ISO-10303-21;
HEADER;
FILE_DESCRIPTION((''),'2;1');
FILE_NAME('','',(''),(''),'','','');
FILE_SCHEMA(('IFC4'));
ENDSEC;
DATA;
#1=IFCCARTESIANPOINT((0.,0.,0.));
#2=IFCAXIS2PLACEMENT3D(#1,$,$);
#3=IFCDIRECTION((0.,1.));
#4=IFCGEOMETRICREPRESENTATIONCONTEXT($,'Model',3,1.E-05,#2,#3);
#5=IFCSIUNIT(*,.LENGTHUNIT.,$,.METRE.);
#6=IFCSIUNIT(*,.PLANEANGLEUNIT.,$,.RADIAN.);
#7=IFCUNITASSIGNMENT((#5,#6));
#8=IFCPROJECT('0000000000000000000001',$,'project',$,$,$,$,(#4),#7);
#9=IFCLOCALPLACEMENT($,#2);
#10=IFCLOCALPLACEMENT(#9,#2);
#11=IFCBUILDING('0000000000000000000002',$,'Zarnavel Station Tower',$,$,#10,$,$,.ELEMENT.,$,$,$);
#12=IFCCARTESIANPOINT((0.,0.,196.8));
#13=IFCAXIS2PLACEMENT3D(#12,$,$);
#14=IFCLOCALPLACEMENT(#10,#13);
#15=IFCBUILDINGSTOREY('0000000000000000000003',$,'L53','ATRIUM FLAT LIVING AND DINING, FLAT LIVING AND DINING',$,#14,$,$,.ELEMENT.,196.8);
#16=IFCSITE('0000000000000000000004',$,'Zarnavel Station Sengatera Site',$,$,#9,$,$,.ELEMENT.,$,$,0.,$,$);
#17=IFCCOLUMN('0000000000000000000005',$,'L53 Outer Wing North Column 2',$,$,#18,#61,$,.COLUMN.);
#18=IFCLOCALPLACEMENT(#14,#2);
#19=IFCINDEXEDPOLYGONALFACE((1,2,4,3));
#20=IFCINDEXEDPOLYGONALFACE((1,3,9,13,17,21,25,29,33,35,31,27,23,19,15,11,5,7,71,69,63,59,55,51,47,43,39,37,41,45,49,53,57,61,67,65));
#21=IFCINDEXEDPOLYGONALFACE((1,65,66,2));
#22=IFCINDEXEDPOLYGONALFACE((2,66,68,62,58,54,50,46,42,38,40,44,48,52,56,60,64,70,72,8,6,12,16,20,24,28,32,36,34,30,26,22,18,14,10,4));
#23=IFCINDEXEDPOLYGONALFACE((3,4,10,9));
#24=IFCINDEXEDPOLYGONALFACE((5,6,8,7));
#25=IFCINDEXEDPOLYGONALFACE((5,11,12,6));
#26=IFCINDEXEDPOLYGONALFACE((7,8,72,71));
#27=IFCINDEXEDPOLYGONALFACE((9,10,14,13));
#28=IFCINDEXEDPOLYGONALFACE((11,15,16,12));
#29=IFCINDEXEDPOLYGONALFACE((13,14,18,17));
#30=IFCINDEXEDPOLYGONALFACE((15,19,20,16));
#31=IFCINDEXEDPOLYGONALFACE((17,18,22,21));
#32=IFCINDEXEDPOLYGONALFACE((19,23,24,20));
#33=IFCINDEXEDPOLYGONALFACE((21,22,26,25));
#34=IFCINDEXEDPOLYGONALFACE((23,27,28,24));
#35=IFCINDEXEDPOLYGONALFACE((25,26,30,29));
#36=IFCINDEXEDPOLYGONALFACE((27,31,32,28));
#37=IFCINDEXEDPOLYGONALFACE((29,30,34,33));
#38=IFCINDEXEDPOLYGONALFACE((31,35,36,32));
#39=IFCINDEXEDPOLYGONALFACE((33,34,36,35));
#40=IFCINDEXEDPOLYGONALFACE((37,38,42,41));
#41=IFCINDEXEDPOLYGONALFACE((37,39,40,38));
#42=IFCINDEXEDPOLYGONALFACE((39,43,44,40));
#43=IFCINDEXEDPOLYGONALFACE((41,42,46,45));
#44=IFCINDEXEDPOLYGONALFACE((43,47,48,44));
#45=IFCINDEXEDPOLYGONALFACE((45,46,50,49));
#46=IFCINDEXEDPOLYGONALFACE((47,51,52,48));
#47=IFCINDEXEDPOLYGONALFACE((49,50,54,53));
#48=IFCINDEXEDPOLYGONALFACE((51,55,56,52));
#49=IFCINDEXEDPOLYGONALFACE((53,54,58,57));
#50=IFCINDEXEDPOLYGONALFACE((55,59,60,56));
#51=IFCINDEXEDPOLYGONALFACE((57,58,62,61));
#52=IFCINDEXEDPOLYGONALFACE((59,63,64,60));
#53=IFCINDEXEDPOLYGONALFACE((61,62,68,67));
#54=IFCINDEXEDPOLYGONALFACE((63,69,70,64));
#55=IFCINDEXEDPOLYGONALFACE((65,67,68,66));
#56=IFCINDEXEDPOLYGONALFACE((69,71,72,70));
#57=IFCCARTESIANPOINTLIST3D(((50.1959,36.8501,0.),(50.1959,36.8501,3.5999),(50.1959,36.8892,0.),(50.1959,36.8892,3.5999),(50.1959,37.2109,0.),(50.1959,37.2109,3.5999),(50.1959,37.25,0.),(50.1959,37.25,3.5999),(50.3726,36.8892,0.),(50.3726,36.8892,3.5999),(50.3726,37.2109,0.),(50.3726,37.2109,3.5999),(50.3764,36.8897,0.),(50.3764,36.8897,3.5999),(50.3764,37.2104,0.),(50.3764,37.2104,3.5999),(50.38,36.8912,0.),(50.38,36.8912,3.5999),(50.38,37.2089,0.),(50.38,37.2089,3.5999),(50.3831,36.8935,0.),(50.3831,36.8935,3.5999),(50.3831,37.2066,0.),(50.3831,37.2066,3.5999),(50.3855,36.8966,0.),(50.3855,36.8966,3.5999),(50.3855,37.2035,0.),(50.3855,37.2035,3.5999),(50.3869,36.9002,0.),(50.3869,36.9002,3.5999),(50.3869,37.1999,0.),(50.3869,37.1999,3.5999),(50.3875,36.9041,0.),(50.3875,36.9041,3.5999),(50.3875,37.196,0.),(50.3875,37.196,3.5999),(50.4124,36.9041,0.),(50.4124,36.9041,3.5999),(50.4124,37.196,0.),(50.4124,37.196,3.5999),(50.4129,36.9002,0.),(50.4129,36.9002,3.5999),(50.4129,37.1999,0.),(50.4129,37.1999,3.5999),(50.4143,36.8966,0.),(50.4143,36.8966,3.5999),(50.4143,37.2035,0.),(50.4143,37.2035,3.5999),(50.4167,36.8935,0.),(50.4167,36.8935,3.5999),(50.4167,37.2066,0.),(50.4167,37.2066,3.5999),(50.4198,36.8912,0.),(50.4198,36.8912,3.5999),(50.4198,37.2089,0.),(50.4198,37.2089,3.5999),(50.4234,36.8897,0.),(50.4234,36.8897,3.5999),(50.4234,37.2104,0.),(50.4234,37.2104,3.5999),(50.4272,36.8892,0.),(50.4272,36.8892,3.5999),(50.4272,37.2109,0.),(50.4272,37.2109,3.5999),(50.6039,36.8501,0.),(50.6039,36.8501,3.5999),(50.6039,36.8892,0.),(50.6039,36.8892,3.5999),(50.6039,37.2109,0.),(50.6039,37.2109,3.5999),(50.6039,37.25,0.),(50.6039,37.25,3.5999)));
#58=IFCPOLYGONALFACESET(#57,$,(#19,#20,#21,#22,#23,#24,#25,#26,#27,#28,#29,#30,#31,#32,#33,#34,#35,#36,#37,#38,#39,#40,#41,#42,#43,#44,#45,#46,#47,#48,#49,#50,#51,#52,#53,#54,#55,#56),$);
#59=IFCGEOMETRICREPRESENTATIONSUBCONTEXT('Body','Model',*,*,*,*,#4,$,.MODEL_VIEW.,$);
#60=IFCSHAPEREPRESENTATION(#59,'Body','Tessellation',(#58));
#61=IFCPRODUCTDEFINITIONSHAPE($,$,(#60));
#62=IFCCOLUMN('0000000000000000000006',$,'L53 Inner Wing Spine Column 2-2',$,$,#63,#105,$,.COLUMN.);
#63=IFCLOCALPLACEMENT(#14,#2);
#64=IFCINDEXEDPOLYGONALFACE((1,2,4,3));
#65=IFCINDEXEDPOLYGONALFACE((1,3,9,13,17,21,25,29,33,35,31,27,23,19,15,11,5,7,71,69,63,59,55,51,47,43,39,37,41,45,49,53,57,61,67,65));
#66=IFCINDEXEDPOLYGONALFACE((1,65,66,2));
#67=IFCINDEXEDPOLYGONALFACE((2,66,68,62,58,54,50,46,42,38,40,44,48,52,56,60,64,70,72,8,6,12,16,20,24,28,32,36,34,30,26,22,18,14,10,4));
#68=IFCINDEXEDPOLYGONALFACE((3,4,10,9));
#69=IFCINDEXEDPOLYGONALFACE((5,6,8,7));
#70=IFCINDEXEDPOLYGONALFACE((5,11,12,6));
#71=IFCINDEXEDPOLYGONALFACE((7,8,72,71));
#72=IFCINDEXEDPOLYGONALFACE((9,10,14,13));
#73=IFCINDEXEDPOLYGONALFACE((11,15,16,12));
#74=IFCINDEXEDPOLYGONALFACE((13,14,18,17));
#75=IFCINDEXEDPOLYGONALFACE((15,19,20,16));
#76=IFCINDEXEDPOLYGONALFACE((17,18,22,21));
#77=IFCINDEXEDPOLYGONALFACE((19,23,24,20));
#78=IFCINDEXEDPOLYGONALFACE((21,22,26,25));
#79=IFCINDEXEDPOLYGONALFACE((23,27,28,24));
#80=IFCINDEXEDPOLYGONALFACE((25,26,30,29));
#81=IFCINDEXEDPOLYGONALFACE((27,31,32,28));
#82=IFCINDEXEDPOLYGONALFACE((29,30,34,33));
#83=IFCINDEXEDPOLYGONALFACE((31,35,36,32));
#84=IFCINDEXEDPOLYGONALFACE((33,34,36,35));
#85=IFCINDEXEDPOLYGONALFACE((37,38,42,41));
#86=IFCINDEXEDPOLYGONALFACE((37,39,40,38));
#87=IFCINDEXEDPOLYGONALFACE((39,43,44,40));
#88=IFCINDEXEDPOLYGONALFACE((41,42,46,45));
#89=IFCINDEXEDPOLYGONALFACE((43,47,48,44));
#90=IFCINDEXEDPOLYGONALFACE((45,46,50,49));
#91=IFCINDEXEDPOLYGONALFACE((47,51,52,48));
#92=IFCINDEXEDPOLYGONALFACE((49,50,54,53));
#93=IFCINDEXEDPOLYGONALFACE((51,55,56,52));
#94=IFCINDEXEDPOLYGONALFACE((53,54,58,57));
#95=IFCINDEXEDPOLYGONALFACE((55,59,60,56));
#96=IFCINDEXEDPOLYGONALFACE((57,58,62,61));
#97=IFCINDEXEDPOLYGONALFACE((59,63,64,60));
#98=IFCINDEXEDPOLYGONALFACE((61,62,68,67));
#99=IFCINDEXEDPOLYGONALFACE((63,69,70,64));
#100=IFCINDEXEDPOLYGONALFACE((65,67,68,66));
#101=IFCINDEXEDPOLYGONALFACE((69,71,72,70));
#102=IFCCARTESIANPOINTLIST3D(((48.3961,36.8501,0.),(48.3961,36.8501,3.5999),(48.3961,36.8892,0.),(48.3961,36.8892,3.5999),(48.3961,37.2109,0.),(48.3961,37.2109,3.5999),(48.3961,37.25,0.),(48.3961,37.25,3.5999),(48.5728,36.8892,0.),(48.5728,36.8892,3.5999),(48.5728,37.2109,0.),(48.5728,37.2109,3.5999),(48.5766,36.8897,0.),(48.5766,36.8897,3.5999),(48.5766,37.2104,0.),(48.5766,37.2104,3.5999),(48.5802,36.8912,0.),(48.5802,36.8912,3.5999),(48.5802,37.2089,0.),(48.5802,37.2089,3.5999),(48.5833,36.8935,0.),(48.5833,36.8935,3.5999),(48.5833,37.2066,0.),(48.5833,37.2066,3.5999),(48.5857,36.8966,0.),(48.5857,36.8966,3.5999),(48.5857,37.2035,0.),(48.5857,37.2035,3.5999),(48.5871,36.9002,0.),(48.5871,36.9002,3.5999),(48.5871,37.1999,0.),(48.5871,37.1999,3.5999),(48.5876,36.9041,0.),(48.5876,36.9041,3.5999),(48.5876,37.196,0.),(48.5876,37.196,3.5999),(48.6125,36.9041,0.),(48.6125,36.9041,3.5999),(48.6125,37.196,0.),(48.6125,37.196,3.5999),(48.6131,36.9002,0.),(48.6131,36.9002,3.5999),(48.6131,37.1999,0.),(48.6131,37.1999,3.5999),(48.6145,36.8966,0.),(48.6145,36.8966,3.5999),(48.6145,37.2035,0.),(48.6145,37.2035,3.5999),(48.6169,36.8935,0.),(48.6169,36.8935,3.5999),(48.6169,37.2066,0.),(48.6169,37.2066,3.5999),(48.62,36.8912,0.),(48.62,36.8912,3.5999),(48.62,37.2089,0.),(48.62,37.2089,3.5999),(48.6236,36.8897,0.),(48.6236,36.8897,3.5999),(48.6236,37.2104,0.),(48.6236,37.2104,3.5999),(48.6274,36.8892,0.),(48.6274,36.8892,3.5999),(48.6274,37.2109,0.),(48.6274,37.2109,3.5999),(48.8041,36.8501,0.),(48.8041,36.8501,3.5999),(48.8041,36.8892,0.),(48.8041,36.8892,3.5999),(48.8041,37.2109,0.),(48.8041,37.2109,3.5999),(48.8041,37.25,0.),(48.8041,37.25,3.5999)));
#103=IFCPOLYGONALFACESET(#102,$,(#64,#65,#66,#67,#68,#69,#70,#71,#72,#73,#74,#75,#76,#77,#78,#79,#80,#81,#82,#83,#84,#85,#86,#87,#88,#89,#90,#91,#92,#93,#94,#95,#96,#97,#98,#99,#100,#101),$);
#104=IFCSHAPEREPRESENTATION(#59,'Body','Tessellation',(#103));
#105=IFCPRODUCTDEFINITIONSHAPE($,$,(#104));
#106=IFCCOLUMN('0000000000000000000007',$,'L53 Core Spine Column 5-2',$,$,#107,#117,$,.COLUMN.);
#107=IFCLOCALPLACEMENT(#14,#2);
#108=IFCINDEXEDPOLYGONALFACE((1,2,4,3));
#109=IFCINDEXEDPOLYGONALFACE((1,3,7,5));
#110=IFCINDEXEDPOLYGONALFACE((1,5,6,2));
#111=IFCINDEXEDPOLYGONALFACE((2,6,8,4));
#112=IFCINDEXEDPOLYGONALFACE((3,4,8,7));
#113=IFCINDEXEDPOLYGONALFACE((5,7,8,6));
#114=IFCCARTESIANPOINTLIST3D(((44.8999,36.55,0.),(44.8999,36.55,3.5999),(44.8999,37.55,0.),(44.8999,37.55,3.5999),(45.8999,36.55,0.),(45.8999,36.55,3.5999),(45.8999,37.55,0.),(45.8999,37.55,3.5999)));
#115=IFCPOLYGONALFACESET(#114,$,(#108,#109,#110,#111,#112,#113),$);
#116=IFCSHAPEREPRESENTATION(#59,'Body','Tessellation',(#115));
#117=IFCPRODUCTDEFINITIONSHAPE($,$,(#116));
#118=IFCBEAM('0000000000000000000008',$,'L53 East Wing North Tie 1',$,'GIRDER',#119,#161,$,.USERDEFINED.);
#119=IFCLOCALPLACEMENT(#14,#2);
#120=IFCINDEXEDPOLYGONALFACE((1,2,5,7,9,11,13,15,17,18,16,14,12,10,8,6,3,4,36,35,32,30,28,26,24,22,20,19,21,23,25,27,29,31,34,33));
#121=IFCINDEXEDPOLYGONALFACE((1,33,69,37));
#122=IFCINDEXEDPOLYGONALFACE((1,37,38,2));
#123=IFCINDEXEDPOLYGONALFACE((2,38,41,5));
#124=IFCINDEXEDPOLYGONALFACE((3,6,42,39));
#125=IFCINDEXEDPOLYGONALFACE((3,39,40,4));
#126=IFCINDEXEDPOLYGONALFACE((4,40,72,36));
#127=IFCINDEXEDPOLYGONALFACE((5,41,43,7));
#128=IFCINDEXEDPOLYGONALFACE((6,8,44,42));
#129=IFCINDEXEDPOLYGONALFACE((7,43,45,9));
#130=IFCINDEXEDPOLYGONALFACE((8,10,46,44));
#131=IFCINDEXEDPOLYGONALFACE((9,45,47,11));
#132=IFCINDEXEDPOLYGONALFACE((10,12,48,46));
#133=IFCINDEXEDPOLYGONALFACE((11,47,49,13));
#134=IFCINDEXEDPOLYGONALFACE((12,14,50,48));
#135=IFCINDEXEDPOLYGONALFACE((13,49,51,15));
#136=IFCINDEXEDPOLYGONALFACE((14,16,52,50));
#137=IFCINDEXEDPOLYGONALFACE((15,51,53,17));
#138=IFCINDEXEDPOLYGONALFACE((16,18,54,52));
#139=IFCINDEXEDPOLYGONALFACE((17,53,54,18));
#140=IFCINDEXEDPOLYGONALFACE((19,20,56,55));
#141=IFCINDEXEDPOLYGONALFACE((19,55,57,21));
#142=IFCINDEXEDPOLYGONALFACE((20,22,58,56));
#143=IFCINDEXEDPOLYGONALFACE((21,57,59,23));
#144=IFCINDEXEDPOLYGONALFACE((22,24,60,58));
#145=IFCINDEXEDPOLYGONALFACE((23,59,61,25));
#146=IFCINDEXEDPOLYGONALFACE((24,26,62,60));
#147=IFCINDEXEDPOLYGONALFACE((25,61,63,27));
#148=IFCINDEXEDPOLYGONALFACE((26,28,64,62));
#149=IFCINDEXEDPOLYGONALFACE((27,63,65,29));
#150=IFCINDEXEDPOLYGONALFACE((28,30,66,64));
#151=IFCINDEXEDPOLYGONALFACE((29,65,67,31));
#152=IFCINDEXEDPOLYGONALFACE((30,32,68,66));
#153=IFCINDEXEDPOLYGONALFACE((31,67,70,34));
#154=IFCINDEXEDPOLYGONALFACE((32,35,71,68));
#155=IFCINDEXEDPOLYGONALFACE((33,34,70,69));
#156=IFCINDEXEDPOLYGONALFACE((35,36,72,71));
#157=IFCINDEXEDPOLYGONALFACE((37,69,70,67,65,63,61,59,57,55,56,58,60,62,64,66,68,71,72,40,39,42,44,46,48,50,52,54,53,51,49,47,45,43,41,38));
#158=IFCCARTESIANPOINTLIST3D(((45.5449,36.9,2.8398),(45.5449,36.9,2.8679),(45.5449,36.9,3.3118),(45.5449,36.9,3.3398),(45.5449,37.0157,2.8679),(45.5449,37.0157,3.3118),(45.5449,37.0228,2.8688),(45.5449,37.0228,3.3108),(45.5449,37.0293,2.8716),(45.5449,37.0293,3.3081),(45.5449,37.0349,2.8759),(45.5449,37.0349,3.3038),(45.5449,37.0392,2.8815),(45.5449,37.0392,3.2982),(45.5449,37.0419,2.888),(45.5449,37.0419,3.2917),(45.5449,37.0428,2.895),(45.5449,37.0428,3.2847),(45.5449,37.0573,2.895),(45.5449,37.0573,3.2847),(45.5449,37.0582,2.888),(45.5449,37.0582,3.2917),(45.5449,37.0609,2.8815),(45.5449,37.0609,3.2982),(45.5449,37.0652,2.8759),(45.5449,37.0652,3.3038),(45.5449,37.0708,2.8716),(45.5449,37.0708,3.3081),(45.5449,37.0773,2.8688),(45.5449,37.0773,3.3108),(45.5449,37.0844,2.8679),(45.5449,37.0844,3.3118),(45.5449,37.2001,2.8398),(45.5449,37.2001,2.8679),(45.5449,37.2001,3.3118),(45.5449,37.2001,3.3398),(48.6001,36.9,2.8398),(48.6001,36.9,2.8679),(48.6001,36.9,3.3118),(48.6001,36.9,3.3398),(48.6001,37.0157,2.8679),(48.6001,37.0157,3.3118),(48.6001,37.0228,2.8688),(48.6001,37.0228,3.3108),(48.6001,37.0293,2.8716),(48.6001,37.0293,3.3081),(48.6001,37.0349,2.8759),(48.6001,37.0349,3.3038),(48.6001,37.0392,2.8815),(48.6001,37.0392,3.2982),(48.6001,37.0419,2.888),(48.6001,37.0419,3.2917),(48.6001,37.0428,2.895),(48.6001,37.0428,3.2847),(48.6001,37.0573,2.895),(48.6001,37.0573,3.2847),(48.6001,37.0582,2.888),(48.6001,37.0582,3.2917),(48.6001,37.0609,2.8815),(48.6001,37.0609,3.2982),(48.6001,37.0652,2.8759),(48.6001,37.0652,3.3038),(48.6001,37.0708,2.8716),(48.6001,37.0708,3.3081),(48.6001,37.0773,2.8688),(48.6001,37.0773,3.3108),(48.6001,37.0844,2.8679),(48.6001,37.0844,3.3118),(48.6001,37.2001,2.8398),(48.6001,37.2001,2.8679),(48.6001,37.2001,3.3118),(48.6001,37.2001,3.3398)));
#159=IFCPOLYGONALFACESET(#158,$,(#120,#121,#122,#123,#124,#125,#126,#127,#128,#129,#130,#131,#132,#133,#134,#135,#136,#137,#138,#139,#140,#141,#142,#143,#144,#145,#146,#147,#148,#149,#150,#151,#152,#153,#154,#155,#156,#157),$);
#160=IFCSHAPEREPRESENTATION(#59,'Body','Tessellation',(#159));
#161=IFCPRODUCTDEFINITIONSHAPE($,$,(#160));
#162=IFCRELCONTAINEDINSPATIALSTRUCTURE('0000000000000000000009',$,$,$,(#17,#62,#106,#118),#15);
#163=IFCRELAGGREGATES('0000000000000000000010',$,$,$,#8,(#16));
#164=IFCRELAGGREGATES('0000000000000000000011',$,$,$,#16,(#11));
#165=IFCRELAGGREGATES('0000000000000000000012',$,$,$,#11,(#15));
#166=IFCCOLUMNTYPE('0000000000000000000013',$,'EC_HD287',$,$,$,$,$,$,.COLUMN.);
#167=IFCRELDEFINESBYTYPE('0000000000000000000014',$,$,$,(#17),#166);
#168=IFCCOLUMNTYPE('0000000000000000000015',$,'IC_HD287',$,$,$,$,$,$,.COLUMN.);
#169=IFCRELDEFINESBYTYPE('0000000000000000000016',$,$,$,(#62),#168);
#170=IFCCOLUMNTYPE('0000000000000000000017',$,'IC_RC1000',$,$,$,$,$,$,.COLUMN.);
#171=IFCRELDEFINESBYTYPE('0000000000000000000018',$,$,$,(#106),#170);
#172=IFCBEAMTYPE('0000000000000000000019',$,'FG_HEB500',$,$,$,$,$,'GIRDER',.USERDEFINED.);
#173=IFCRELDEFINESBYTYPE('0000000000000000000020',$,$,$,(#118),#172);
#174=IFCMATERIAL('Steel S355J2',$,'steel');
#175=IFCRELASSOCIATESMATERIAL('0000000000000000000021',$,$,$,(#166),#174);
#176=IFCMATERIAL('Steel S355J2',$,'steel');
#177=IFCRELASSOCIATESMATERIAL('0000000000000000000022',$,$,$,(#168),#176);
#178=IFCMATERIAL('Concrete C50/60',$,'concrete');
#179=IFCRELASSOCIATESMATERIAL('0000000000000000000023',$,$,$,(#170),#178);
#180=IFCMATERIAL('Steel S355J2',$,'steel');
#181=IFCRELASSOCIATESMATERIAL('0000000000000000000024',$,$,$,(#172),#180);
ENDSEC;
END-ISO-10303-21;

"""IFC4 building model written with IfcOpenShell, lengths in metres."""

from ifc_helpers import new_model, si_unit, direction, frame, origin, origin_2d, place, context, subcontext, project, spatial, rectangle, i_section, extrude, material, material_profile, profile_set, type_object, element, save


model = new_model("IFC4")

# Units and contexts
model_context = context("Model", 3, precision=1e-05, world=origin(), true_north=direction((0.0, 1.0)))
body_context = subcontext(model_context, "Body", "Model", "MODEL_VIEW")
ifc_project = project(units=[si_unit("LENGTHUNIT", "METRE"), si_unit("PLANEANGLEUNIT", "RADIAN")], contexts=[model_context])

# Site, building, storey
site_placement = place(None, origin())
site = spatial("IfcSite", under=ifc_project, at=site_placement, Name="Zarnavel Station Sengatera Site", CompositionType="ELEMENT", RefElevation=0.0)
building_placement = place(site_placement, origin())
building = spatial("IfcBuilding", under=site, at=building_placement, Name="Zarnavel Station Tower", CompositionType="ELEMENT")
storey_placement = place(building_placement, frame((0.0, 0.0, 196.8)))
storey = spatial("IfcBuildingStorey", under=building, at=storey_placement, Name="L53", Description="ATRIUM FLAT LIVING AND DINING, FLAT LIVING AND DINING", CompositionType="ELEMENT", Elevation=196.8)

# Columns
ifc_material_1 = material(Name="Steel S355J2", Category="steel")
ifc_material_profile_1 = material_profile(ifc_material_1, i_section(OverallWidth=0.408, OverallDepth=0.3999, WebThickness=0.0249, FlangeThickness=0.0391, FilletRadius=0.0149, at=origin_2d()), Name="HD400x287")
ifc_profile_set_1 = profile_set([ifc_material_profile_1], Name="Steel S355J2")
column_type_1 = type_object("IfcColumnType", Name="EC_HD287", PredefinedType="COLUMN", material=ifc_profile_set_1)
column_1_placement = place(storey_placement, frame((50.3999, 37.05, 0.0), z_axis=(0.0, 0.0, 1.0), x_axis=(1.0, 0.0, 0.0)))
element("IfcColumn", 1, at=column_1_placement, inside=storey, type_object=column_type_1, Name="L53 Outer Wing North Column 2", PredefinedType="COLUMN", context=body_context, shape_type="SweptSolid", body=[
    extrude(i_section(OverallWidth=0.408, OverallDepth=0.3999, WebThickness=0.0249, FlangeThickness=0.0391, FilletRadius=0.0149, at=origin_2d()), origin(), (0.0, 0.0, 1.0), 3.5999),
])
ifc_material_2 = material(Name="Steel S355J2", Category="steel")
ifc_material_profile_2 = material_profile(ifc_material_2, i_section(OverallWidth=0.408, OverallDepth=0.3999, WebThickness=0.0249, FlangeThickness=0.0391, FilletRadius=0.0149, at=origin_2d()), Name="HD400x287")
ifc_profile_set_2 = profile_set([ifc_material_profile_2], Name="Steel S355J2")
column_type_2 = type_object("IfcColumnType", Name="IC_HD287", PredefinedType="COLUMN", material=ifc_profile_set_2)
column_2_placement = place(storey_placement, frame((48.6001, 37.05, 0.0), z_axis=(0.0, 0.0, 1.0), x_axis=(1.0, 0.0, 0.0)))
element("IfcColumn", 2, at=column_2_placement, inside=storey, type_object=column_type_2, Name="L53 Inner Wing Spine Column 2-2", PredefinedType="COLUMN", context=body_context, shape_type="SweptSolid", body=[
    extrude(i_section(OverallWidth=0.408, OverallDepth=0.3999, WebThickness=0.0249, FlangeThickness=0.0391, FilletRadius=0.0149, at=origin_2d()), origin(), (0.0, 0.0, 1.0), 3.5999),
])
ifc_material_3 = material(Name="Concrete C50/60", Category="concrete")
ifc_material_profile_3 = material_profile(ifc_material_3, rectangle(XDim=1.0, YDim=1.0, at=origin_2d()), Name="RC1000x1000")
ifc_profile_set_3 = profile_set([ifc_material_profile_3], Name="Concrete C50/60")
column_type_3 = type_object("IfcColumnType", Name="IC_RC1000", PredefinedType="COLUMN", material=ifc_profile_set_3)
column_3_placement = place(storey_placement, frame((45.3999, 37.05, 0.0), z_axis=(0.0, 0.0, 1.0), x_axis=(1.0, 0.0, 0.0)))
element("IfcColumn", 3, at=column_3_placement, inside=storey, type_object=column_type_3, Name="L53 Core Spine Column 5-2", PredefinedType="COLUMN", context=body_context, shape_type="SweptSolid", body=[
    extrude(rectangle(XDim=1.0, YDim=1.0, at=origin_2d()), origin(), (0.0, 0.0, 1.0), 3.5999),
])

# Beam
ifc_material_4 = material(Name="Steel S355J2", Category="steel")
ifc_material_profile_4 = material_profile(ifc_material_4, i_section(OverallWidth=0.3, OverallDepth=0.5, WebThickness=0.0144, FlangeThickness=0.0281, FilletRadius=0.0271, at=origin_2d()), Name="HEB500")
ifc_profile_set_4 = profile_set([ifc_material_profile_4], Name="Steel S355J2")
beam_type_1 = type_object("IfcBeamType", Name="FG_HEB500", ElementType="GIRDER", PredefinedType="USERDEFINED", material=ifc_profile_set_4)
beam_1_placement = place(storey_placement, frame((45.5449, 37.05, 3.0898), z_axis=(1.0, 0.0, 0.0), x_axis=(0.0, 1.0, 0.0)))
element("IfcBeam", 4, at=beam_1_placement, inside=storey, type_object=beam_type_1, Name="L53 East Wing North Tie 1", ObjectType="GIRDER", PredefinedType="USERDEFINED", context=body_context, shape_type="SweptSolid", body=[
    extrude(i_section(OverallWidth=0.3, OverallDepth=0.5, WebThickness=0.0144, FlangeThickness=0.0281, FilletRadius=0.0271, at=origin_2d()), origin(), (0.0, 0.0, 1.0), 3.0552),
])

save(model, "model.ifc")
